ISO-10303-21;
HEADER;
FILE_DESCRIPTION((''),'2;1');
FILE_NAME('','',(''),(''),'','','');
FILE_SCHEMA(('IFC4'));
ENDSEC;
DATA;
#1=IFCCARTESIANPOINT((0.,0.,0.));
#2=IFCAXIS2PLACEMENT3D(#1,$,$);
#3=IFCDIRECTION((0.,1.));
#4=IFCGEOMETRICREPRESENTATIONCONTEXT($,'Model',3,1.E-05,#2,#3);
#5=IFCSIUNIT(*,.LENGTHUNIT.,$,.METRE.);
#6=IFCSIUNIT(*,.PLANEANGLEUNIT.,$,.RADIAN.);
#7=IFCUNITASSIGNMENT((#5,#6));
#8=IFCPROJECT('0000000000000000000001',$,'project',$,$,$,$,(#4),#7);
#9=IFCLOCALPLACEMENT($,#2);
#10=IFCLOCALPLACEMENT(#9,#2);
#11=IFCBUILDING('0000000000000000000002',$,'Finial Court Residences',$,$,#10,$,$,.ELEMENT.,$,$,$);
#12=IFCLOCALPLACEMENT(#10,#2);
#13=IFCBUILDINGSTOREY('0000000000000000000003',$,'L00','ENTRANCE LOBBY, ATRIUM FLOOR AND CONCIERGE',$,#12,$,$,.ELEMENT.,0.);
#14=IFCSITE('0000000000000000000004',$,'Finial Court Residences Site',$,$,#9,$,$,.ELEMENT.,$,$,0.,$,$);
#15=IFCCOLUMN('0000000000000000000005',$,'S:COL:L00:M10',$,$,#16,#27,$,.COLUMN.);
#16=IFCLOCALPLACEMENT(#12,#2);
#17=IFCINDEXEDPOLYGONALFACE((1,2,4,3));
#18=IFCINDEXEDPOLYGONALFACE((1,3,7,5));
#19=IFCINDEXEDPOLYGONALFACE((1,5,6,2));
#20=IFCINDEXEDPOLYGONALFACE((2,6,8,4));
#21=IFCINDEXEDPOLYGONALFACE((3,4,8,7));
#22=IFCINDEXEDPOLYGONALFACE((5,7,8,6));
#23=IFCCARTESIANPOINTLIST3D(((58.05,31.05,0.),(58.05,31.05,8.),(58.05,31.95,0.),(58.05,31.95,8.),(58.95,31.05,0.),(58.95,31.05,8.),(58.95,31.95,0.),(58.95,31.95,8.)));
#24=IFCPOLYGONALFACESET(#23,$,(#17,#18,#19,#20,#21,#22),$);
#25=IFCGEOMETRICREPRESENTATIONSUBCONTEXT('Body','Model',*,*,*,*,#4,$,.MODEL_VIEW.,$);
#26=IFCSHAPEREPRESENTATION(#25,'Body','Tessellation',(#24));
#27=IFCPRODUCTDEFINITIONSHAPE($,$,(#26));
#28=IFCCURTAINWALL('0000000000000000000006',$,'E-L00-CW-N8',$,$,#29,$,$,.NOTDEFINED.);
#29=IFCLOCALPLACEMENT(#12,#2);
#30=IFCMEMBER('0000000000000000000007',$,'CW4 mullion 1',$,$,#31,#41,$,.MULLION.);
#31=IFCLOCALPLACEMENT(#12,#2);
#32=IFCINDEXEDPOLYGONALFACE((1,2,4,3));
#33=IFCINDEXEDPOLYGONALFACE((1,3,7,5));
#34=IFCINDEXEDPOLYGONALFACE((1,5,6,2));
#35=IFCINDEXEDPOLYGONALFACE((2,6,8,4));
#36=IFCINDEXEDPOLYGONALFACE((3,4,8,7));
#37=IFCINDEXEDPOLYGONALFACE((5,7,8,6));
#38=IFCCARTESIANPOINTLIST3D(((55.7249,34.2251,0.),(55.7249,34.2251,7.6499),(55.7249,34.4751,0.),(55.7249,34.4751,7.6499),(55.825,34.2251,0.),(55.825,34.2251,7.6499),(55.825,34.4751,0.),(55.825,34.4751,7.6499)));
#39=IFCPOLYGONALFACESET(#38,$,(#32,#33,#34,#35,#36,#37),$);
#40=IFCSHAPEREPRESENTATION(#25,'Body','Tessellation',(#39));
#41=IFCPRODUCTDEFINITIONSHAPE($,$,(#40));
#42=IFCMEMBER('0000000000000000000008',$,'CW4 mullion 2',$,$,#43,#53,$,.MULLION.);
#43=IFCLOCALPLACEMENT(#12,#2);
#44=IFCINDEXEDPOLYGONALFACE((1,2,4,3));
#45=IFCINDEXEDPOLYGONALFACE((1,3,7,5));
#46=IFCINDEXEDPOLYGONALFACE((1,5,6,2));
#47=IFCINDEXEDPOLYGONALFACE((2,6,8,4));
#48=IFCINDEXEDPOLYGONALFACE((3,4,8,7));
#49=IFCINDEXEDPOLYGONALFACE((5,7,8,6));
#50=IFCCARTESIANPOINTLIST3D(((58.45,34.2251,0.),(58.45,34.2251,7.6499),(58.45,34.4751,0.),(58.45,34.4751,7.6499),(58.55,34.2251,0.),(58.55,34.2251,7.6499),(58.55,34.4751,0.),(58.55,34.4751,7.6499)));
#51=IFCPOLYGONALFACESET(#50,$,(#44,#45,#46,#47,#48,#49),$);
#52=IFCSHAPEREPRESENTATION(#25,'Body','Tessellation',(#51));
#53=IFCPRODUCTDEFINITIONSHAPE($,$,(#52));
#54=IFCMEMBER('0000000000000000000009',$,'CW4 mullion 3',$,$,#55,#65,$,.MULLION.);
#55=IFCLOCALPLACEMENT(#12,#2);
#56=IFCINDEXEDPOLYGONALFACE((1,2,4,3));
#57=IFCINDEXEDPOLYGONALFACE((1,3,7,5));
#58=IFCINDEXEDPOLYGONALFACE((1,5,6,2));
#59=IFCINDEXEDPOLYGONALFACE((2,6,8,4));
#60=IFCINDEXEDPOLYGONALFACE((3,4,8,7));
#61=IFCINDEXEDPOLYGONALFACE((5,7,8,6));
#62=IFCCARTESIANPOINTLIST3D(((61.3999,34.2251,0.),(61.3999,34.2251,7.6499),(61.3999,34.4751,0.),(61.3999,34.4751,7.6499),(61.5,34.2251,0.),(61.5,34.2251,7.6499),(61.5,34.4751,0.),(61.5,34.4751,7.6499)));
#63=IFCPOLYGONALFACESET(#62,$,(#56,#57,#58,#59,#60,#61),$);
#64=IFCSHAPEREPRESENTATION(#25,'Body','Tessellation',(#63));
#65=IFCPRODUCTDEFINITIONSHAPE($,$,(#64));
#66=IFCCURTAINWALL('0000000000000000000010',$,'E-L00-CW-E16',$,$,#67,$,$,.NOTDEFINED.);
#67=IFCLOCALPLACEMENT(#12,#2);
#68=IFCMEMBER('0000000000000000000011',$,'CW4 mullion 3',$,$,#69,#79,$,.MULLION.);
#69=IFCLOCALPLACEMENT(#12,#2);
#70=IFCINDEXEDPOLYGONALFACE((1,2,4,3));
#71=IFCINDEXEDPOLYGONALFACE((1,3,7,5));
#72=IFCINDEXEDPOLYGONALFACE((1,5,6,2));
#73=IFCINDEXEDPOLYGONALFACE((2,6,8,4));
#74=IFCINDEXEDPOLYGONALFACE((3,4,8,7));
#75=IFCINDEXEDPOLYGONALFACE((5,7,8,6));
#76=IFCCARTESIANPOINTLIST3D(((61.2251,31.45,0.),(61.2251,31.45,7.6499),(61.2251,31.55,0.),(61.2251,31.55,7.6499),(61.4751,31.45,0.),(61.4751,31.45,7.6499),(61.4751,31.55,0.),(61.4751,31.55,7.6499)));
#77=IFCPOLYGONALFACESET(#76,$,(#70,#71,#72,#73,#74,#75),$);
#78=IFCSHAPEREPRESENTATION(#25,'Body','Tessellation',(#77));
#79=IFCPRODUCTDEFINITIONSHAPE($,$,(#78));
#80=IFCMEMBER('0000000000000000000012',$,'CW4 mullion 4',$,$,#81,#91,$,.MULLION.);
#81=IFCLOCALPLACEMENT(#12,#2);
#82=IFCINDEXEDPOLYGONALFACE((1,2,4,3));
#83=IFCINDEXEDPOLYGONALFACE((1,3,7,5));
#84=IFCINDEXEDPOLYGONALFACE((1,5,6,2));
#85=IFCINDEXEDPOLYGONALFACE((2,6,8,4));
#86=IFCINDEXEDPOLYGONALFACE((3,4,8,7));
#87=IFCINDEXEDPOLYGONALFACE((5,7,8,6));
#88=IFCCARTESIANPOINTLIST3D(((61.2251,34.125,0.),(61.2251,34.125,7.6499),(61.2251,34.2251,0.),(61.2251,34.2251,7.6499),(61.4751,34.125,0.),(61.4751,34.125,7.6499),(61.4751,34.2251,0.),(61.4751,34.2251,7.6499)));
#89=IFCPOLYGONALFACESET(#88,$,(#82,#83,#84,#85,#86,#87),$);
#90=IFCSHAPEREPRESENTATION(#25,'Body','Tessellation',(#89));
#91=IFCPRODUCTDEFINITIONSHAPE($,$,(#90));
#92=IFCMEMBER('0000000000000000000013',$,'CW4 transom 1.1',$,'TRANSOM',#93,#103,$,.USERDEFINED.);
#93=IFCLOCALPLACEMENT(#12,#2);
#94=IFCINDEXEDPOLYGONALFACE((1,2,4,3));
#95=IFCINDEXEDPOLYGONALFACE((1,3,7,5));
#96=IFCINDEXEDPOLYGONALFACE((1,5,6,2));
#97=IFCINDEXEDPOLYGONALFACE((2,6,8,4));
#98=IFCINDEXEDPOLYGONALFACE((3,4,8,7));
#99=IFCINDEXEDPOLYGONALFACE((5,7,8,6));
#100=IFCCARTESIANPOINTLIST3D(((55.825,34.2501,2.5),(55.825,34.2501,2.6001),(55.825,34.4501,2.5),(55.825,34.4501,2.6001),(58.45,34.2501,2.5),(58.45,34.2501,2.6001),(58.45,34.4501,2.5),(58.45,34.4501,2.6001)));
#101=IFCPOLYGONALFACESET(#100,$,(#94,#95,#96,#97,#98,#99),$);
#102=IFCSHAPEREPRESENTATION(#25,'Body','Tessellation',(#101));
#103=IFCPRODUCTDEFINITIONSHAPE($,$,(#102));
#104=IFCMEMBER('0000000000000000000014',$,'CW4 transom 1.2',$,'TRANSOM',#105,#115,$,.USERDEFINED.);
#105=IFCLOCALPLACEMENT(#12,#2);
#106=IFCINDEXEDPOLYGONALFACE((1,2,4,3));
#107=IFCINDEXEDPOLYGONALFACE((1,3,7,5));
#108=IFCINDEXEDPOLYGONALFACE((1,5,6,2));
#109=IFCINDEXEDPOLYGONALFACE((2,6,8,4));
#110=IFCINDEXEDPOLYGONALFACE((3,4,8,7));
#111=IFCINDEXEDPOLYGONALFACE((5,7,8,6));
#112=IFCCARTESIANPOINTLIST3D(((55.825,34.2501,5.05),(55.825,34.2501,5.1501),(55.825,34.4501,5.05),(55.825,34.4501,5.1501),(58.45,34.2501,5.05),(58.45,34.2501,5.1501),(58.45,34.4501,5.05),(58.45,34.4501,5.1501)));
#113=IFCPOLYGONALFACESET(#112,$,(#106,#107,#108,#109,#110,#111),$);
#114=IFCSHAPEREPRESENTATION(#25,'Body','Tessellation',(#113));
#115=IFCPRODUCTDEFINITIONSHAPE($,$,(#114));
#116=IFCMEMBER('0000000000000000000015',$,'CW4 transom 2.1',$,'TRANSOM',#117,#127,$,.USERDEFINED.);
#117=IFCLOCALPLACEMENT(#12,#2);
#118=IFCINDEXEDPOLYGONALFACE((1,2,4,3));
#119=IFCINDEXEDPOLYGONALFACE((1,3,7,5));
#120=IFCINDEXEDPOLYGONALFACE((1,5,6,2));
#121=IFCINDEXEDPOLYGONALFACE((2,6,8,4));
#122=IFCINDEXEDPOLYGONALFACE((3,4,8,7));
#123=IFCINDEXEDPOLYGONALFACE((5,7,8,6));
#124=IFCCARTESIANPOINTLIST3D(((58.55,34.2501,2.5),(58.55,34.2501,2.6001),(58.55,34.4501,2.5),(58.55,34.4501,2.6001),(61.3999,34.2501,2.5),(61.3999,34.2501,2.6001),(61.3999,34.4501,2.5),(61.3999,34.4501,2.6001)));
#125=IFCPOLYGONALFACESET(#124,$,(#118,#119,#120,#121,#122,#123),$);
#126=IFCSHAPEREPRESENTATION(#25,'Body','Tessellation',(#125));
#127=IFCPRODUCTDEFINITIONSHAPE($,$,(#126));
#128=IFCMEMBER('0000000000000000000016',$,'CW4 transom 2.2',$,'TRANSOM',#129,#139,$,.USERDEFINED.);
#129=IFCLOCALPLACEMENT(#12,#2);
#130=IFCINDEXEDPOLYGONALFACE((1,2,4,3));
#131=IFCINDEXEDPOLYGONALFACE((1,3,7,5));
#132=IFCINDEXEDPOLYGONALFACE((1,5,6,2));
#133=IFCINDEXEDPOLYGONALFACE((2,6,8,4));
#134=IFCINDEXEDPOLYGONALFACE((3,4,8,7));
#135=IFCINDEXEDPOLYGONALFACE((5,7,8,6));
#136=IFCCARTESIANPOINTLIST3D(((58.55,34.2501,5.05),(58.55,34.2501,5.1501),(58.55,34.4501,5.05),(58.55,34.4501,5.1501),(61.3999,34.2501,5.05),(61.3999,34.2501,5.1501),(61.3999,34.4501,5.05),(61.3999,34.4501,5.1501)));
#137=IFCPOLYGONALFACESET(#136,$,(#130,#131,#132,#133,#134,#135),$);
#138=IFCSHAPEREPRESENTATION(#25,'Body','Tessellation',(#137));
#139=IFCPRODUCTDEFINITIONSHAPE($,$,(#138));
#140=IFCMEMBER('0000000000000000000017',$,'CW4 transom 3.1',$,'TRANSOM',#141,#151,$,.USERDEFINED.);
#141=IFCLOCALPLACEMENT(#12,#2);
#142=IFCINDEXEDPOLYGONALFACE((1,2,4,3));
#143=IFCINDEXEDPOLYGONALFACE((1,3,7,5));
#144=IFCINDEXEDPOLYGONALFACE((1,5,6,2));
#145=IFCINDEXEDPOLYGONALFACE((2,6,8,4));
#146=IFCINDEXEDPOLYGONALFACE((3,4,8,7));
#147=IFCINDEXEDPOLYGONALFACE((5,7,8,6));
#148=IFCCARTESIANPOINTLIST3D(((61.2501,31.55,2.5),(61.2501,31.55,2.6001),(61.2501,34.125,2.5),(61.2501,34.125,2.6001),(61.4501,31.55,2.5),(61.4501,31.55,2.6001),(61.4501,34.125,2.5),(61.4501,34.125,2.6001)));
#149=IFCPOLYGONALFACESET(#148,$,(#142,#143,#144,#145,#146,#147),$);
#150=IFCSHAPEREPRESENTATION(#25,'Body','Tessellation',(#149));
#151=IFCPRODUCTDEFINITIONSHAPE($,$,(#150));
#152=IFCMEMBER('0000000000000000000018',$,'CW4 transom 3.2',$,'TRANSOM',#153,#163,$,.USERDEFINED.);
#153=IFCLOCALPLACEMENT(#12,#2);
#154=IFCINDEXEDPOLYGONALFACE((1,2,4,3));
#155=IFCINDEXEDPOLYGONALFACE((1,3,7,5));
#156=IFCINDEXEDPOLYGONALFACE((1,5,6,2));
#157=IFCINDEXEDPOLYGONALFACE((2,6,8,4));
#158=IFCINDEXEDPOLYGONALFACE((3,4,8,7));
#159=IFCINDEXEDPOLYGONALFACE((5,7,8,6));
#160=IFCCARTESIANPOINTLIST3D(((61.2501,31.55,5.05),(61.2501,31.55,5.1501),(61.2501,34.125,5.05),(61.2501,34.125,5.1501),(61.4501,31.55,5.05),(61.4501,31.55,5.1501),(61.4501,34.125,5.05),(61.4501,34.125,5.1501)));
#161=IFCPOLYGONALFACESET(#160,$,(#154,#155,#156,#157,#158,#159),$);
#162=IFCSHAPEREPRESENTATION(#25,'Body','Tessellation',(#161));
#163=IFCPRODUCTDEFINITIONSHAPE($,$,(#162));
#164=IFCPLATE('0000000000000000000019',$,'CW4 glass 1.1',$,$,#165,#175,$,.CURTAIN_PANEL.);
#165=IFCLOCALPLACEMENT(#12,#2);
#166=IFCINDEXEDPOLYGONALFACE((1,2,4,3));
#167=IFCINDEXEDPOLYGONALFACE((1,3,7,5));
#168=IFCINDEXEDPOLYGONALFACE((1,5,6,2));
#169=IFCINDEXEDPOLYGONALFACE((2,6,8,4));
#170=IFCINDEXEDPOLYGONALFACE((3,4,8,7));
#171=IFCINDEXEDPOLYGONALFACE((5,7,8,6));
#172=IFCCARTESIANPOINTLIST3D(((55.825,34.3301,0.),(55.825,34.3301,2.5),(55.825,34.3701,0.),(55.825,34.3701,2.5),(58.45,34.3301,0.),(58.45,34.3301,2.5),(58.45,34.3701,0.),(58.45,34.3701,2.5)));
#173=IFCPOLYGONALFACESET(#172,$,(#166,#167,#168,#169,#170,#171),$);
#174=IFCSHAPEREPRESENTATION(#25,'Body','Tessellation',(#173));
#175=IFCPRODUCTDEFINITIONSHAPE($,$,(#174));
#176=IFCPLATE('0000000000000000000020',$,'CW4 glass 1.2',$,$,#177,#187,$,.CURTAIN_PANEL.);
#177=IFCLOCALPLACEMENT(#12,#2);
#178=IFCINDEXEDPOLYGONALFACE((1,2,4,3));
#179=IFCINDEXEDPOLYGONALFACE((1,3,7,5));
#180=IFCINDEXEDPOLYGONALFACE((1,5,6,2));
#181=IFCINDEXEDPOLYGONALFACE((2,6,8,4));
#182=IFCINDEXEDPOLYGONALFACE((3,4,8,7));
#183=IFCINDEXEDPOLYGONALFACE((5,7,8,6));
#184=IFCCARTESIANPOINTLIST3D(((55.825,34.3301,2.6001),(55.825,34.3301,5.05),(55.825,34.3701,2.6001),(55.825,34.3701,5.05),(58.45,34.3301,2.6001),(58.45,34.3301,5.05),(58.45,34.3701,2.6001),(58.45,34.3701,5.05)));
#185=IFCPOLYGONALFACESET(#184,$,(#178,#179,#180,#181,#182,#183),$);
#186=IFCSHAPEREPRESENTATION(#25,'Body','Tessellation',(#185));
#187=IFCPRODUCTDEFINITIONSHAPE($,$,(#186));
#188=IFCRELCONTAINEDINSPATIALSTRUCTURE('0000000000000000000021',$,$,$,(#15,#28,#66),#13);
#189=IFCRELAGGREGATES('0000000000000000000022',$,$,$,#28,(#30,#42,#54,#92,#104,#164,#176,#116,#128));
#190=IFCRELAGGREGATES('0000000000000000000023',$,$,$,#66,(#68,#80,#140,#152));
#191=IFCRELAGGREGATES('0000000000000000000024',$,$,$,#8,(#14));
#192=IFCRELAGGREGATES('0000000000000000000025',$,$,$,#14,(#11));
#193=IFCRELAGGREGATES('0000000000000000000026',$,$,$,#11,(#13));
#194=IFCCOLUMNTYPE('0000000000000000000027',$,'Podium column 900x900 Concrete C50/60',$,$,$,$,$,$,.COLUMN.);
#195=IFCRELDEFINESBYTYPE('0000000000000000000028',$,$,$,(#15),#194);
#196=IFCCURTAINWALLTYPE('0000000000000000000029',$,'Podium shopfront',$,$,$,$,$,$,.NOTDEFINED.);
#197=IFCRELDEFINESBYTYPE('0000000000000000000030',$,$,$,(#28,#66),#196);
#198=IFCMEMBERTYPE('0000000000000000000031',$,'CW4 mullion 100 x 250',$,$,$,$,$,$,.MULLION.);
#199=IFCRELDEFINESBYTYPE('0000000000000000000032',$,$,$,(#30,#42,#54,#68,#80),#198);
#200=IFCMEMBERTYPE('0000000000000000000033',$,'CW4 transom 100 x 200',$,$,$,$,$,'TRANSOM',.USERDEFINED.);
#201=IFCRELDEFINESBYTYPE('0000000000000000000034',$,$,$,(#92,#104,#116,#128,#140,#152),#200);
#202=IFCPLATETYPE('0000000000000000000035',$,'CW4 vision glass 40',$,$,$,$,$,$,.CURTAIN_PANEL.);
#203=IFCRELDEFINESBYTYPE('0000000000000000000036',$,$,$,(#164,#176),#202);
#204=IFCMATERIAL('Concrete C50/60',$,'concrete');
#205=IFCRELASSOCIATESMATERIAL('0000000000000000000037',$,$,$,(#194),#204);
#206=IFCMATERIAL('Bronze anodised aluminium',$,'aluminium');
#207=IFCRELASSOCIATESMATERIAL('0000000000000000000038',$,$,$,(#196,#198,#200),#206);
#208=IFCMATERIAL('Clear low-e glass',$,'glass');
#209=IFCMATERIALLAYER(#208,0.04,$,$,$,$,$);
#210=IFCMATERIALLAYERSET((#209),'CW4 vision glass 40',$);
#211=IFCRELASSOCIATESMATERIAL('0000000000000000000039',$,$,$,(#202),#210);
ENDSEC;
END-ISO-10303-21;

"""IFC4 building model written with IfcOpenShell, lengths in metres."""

from ifc_helpers import new_model, si_unit, direction, frame, origin, origin_2d, place, context, subcontext, project, spatial, rectangle, extrude, material, layer, layer_set, material_profile, profile_set, type_object, element, aggregate, save


model = new_model("IFC4")

# Units and contexts
model_context = context("Model", 3, precision=1e-05, world=origin(), true_north=direction((0.0, 1.0)))
body_context = subcontext(model_context, "Body", "Model", "MODEL_VIEW")
ifc_project = project(units=[si_unit("LENGTHUNIT", "METRE"), si_unit("PLANEANGLEUNIT", "RADIAN")], contexts=[model_context])

# Site, building, storey
site_placement = place(None, origin())
site = spatial("IfcSite", under=ifc_project, at=site_placement, Name="Finial Court Residences Site", CompositionType="ELEMENT", RefElevation=0.0)
building_placement = place(site_placement, origin())
building = spatial("IfcBuilding", under=site, at=building_placement, Name="Finial Court Residences", CompositionType="ELEMENT")
storey_placement = place(building_placement, origin())
storey = spatial("IfcBuildingStorey", under=building, at=storey_placement, Name="L00", Description="ENTRANCE LOBBY, ATRIUM FLOOR AND CONCIERGE", CompositionType="ELEMENT", Elevation=0.0)

# Column
ifc_material_1 = material(Name="Concrete C50/60", Category="concrete")
ifc_material_profile_1 = material_profile(ifc_material_1, rectangle(XDim=0.8999, YDim=0.8999, at=origin_2d()), Name="900x900")
ifc_profile_set_1 = profile_set([ifc_material_profile_1], Name="Concrete C50/60")
column_type = type_object("IfcColumnType", Name="Podium column 900x900 Concrete C50/60", PredefinedType="COLUMN", material=ifc_profile_set_1)
column_placement = place(storey_placement, frame((58.5, 31.5, 0.0), z_axis=(0.0, 0.0, 1.0), x_axis=(1.0, 0.0, 0.0)))
element("IfcColumn", 1, at=column_placement, inside=storey, type_object=column_type, Name="S:COL:L00:M10", PredefinedType="COLUMN", context=body_context, shape_type="SweptSolid", body=[
    extrude(rectangle(XDim=0.8999, YDim=0.8999, at=origin_2d()), origin(), (0.0, 0.0, 1.0), 8.0),
])

# Curtain walls, members
ifc_material_2 = material(Name="Bronze anodised aluminium", Category="aluminium")
curtain_wall_type = type_object("IfcCurtainWallType", Name="Podium shopfront", PredefinedType="NOTDEFINED", material=ifc_material_2)
curtain_wall_1_placement = place(storey_placement, origin())
curtain_wall_1 = element("IfcCurtainWall", 2, at=curtain_wall_1_placement, inside=storey, type_object=curtain_wall_type, Name="E-L00-CW-N8", PredefinedType="NOTDEFINED")
ifc_material_profile_2 = material_profile(ifc_material_2, rectangle(XDim=0.25, YDim=0.1001, at=origin_2d()), Name="CW4 mullion 100 x 250")
ifc_profile_set_2 = profile_set([ifc_material_profile_2], Name="Bronze anodised aluminium")
member_type_1 = type_object("IfcMemberType", Name="CW4 mullion 100 x 250", PredefinedType="MULLION", material=ifc_profile_set_2)
member_1_placement = place(storey_placement, frame((55.7749, 34.3501, 0.0), z_axis=(0.0, 0.0, 1.0), x_axis=(0.0, 1.0, 0.0)))
member_1 = element("IfcMember", 3, at=member_1_placement, type_object=member_type_1, Name="CW4 mullion 1", PredefinedType="MULLION", context=body_context, shape_type="SweptSolid", body=[
    extrude(rectangle(XDim=0.25, YDim=0.1001, at=origin_2d()), origin(), (0.0, 0.0, 1.0), 7.6499),
])
member_2_placement = place(storey_placement, frame((58.5, 34.3501, 0.0), z_axis=(0.0, 0.0, 1.0), x_axis=(0.0, 1.0, 0.0)))
member_2 = element("IfcMember", 4, at=member_2_placement, type_object=member_type_1, Name="CW4 mullion 2", PredefinedType="MULLION", context=body_context, shape_type="SweptSolid", body=[
    extrude(rectangle(XDim=0.25, YDim=0.1001, at=origin_2d()), origin(), (0.0, 0.0, 1.0), 7.6499),
])
member_3_placement = place(storey_placement, frame((61.45, 34.3501, 0.0), z_axis=(0.0, 0.0, 1.0), x_axis=(0.0, 1.0, 0.0)))
member_3 = element("IfcMember", 5, at=member_3_placement, type_object=member_type_1, Name="CW4 mullion 3", PredefinedType="MULLION", context=body_context, shape_type="SweptSolid", body=[
    extrude(rectangle(XDim=0.25, YDim=0.1001, at=origin_2d()), origin(), (0.0, 0.0, 1.0), 7.6499),
])
curtain_wall_2_placement = place(storey_placement, origin())
curtain_wall_2 = element("IfcCurtainWall", 6, at=curtain_wall_2_placement, inside=storey, type_object=curtain_wall_type, Name="E-L00-CW-E16", PredefinedType="NOTDEFINED")
member_4_placement = place(storey_placement, frame((61.3501, 31.5, 0.0), z_axis=(0.0, 0.0, 1.0), x_axis=(-1.0, 0.0, 0.0)))
member_4 = element("IfcMember", 7, at=member_4_placement, type_object=member_type_1, Name="CW4 mullion 3", PredefinedType="MULLION", context=body_context, shape_type="SweptSolid", body=[
    extrude(rectangle(XDim=0.25, YDim=0.1001, at=origin_2d()), origin(), (0.0, 0.0, 1.0), 7.6499),
])
member_5_placement = place(storey_placement, frame((61.3501, 34.175, 0.0), z_axis=(0.0, 0.0, 1.0), x_axis=(-1.0, 0.0, 0.0)))
member_5 = element("IfcMember", 8, at=member_5_placement, type_object=member_type_1, Name="CW4 mullion 4", PredefinedType="MULLION", context=body_context, shape_type="SweptSolid", body=[
    extrude(rectangle(XDim=0.25, YDim=0.1001, at=origin_2d()), origin(), (0.0, 0.0, 1.0), 7.6499),
])

# Members
ifc_material_profile_3 = material_profile(ifc_material_2, rectangle(XDim=0.2, YDim=0.1001, at=origin_2d()), Name="CW4 transom 100 x 200")
ifc_profile_set_3 = profile_set([ifc_material_profile_3], Name="Bronze anodised aluminium")
member_type_2 = type_object("IfcMemberType", Name="CW4 transom 100 x 200", ElementType="TRANSOM", PredefinedType="USERDEFINED", material=ifc_profile_set_3)
member_6_placement = place(storey_placement, frame((55.825, 34.3501, 2.55), z_axis=(1.0, 0.0, 0.0), x_axis=(0.0, 1.0, 0.0)))
member_6 = element("IfcMember", 9, at=member_6_placement, type_object=member_type_2, Name="CW4 transom 1.1", ObjectType="TRANSOM", PredefinedType="USERDEFINED", context=body_context, shape_type="SweptSolid", body=[
    extrude(rectangle(XDim=0.2, YDim=0.1001, at=origin_2d()), origin(), (0.0, 0.0, 1.0), 2.625),
])
member_7_placement = place(storey_placement, frame((55.825, 34.3501, 5.1001), z_axis=(1.0, 0.0, 0.0), x_axis=(0.0, 1.0, 0.0)))
member_7 = element("IfcMember", 10, at=member_7_placement, type_object=member_type_2, Name="CW4 transom 1.2", ObjectType="TRANSOM", PredefinedType="USERDEFINED", context=body_context, shape_type="SweptSolid", body=[
    extrude(rectangle(XDim=0.2, YDim=0.1001, at=origin_2d()), origin(), (0.0, 0.0, 1.0), 2.625),
])
member_8_placement = place(storey_placement, frame((58.55, 34.3501, 2.55), z_axis=(1.0, 0.0, 0.0), x_axis=(0.0, 1.0, 0.0)))
member_8 = element("IfcMember", 11, at=member_8_placement, type_object=member_type_2, Name="CW4 transom 2.1", ObjectType="TRANSOM", PredefinedType="USERDEFINED", context=body_context, shape_type="SweptSolid", body=[
    extrude(rectangle(XDim=0.2, YDim=0.1001, at=origin_2d()), origin(), (0.0, 0.0, 1.0), 2.8499),
])
member_9_placement = place(storey_placement, frame((58.55, 34.3501, 5.1001), z_axis=(1.0, 0.0, 0.0), x_axis=(0.0, 1.0, 0.0)))
member_9 = element("IfcMember", 12, at=member_9_placement, type_object=member_type_2, Name="CW4 transom 2.2", ObjectType="TRANSOM", PredefinedType="USERDEFINED", context=body_context, shape_type="SweptSolid", body=[
    extrude(rectangle(XDim=0.2, YDim=0.1001, at=origin_2d()), origin(), (0.0, 0.0, 1.0), 2.8499),
])
member_10_placement = place(storey_placement, frame((61.3501, 31.55, 2.55), z_axis=(0.0, 1.0, 0.0), x_axis=(-1.0, 0.0, 0.0)))
member_10 = element("IfcMember", 13, at=member_10_placement, type_object=member_type_2, Name="CW4 transom 3.1", ObjectType="TRANSOM", PredefinedType="USERDEFINED", context=body_context, shape_type="SweptSolid", body=[
    extrude(rectangle(XDim=0.2, YDim=0.1001, at=origin_2d()), origin(), (0.0, 0.0, 1.0), 2.575),
])
member_11_placement = place(storey_placement, frame((61.3501, 31.55, 5.1001), z_axis=(0.0, 1.0, 0.0), x_axis=(-1.0, 0.0, 0.0)))
member_11 = element("IfcMember", 14, at=member_11_placement, type_object=member_type_2, Name="CW4 transom 3.2", ObjectType="TRANSOM", PredefinedType="USERDEFINED", context=body_context, shape_type="SweptSolid", body=[
    extrude(rectangle(XDim=0.2, YDim=0.1001, at=origin_2d()), origin(), (0.0, 0.0, 1.0), 2.575),
])

# Plates
ifc_material_3 = material(Name="Clear low-e glass", Category="glass")
ifc_layer_1 = layer(ifc_material_3, 0.04)
ifc_layer_set_1 = layer_set([ifc_layer_1], Name="CW4 vision glass 40")
plate_type = type_object("IfcPlateType", Name="CW4 vision glass 40", PredefinedType="CURTAIN_PANEL", material=ifc_layer_set_1)
plate_1_placement = place(storey_placement, frame((57.1375, 34.3501, 0.0), z_axis=(0.0, 0.0, 1.0), x_axis=(1.0, 0.0, 0.0)))
plate_1 = element("IfcPlate", 15, at=plate_1_placement, type_object=plate_type, Name="CW4 glass 1.1", PredefinedType="CURTAIN_PANEL", context=body_context, shape_type="SweptSolid", body=[
    extrude(rectangle(XDim=2.625, YDim=0.04, at=origin_2d()), origin(), (0.0, 0.0, 1.0), 2.5),
])
plate_2_placement = place(storey_placement, frame((57.1375, 34.3501, 2.6001), z_axis=(0.0, 0.0, 1.0), x_axis=(1.0, 0.0, 0.0)))
plate_2 = element("IfcPlate", 16, at=plate_2_placement, type_object=plate_type, Name="CW4 glass 1.2", PredefinedType="CURTAIN_PANEL", context=body_context, shape_type="SweptSolid", body=[
    extrude(rectangle(XDim=2.625, YDim=0.04, at=origin_2d()), origin(), (0.0, 0.0, 1.0), 2.45),
])
aggregate(curtain_wall_1, [member_1, member_2, member_3, member_6, member_7, plate_1, plate_2, member_8, member_9])
aggregate(curtain_wall_2, [member_4, member_5, member_10, member_11])

save(model, "model.ifc")
